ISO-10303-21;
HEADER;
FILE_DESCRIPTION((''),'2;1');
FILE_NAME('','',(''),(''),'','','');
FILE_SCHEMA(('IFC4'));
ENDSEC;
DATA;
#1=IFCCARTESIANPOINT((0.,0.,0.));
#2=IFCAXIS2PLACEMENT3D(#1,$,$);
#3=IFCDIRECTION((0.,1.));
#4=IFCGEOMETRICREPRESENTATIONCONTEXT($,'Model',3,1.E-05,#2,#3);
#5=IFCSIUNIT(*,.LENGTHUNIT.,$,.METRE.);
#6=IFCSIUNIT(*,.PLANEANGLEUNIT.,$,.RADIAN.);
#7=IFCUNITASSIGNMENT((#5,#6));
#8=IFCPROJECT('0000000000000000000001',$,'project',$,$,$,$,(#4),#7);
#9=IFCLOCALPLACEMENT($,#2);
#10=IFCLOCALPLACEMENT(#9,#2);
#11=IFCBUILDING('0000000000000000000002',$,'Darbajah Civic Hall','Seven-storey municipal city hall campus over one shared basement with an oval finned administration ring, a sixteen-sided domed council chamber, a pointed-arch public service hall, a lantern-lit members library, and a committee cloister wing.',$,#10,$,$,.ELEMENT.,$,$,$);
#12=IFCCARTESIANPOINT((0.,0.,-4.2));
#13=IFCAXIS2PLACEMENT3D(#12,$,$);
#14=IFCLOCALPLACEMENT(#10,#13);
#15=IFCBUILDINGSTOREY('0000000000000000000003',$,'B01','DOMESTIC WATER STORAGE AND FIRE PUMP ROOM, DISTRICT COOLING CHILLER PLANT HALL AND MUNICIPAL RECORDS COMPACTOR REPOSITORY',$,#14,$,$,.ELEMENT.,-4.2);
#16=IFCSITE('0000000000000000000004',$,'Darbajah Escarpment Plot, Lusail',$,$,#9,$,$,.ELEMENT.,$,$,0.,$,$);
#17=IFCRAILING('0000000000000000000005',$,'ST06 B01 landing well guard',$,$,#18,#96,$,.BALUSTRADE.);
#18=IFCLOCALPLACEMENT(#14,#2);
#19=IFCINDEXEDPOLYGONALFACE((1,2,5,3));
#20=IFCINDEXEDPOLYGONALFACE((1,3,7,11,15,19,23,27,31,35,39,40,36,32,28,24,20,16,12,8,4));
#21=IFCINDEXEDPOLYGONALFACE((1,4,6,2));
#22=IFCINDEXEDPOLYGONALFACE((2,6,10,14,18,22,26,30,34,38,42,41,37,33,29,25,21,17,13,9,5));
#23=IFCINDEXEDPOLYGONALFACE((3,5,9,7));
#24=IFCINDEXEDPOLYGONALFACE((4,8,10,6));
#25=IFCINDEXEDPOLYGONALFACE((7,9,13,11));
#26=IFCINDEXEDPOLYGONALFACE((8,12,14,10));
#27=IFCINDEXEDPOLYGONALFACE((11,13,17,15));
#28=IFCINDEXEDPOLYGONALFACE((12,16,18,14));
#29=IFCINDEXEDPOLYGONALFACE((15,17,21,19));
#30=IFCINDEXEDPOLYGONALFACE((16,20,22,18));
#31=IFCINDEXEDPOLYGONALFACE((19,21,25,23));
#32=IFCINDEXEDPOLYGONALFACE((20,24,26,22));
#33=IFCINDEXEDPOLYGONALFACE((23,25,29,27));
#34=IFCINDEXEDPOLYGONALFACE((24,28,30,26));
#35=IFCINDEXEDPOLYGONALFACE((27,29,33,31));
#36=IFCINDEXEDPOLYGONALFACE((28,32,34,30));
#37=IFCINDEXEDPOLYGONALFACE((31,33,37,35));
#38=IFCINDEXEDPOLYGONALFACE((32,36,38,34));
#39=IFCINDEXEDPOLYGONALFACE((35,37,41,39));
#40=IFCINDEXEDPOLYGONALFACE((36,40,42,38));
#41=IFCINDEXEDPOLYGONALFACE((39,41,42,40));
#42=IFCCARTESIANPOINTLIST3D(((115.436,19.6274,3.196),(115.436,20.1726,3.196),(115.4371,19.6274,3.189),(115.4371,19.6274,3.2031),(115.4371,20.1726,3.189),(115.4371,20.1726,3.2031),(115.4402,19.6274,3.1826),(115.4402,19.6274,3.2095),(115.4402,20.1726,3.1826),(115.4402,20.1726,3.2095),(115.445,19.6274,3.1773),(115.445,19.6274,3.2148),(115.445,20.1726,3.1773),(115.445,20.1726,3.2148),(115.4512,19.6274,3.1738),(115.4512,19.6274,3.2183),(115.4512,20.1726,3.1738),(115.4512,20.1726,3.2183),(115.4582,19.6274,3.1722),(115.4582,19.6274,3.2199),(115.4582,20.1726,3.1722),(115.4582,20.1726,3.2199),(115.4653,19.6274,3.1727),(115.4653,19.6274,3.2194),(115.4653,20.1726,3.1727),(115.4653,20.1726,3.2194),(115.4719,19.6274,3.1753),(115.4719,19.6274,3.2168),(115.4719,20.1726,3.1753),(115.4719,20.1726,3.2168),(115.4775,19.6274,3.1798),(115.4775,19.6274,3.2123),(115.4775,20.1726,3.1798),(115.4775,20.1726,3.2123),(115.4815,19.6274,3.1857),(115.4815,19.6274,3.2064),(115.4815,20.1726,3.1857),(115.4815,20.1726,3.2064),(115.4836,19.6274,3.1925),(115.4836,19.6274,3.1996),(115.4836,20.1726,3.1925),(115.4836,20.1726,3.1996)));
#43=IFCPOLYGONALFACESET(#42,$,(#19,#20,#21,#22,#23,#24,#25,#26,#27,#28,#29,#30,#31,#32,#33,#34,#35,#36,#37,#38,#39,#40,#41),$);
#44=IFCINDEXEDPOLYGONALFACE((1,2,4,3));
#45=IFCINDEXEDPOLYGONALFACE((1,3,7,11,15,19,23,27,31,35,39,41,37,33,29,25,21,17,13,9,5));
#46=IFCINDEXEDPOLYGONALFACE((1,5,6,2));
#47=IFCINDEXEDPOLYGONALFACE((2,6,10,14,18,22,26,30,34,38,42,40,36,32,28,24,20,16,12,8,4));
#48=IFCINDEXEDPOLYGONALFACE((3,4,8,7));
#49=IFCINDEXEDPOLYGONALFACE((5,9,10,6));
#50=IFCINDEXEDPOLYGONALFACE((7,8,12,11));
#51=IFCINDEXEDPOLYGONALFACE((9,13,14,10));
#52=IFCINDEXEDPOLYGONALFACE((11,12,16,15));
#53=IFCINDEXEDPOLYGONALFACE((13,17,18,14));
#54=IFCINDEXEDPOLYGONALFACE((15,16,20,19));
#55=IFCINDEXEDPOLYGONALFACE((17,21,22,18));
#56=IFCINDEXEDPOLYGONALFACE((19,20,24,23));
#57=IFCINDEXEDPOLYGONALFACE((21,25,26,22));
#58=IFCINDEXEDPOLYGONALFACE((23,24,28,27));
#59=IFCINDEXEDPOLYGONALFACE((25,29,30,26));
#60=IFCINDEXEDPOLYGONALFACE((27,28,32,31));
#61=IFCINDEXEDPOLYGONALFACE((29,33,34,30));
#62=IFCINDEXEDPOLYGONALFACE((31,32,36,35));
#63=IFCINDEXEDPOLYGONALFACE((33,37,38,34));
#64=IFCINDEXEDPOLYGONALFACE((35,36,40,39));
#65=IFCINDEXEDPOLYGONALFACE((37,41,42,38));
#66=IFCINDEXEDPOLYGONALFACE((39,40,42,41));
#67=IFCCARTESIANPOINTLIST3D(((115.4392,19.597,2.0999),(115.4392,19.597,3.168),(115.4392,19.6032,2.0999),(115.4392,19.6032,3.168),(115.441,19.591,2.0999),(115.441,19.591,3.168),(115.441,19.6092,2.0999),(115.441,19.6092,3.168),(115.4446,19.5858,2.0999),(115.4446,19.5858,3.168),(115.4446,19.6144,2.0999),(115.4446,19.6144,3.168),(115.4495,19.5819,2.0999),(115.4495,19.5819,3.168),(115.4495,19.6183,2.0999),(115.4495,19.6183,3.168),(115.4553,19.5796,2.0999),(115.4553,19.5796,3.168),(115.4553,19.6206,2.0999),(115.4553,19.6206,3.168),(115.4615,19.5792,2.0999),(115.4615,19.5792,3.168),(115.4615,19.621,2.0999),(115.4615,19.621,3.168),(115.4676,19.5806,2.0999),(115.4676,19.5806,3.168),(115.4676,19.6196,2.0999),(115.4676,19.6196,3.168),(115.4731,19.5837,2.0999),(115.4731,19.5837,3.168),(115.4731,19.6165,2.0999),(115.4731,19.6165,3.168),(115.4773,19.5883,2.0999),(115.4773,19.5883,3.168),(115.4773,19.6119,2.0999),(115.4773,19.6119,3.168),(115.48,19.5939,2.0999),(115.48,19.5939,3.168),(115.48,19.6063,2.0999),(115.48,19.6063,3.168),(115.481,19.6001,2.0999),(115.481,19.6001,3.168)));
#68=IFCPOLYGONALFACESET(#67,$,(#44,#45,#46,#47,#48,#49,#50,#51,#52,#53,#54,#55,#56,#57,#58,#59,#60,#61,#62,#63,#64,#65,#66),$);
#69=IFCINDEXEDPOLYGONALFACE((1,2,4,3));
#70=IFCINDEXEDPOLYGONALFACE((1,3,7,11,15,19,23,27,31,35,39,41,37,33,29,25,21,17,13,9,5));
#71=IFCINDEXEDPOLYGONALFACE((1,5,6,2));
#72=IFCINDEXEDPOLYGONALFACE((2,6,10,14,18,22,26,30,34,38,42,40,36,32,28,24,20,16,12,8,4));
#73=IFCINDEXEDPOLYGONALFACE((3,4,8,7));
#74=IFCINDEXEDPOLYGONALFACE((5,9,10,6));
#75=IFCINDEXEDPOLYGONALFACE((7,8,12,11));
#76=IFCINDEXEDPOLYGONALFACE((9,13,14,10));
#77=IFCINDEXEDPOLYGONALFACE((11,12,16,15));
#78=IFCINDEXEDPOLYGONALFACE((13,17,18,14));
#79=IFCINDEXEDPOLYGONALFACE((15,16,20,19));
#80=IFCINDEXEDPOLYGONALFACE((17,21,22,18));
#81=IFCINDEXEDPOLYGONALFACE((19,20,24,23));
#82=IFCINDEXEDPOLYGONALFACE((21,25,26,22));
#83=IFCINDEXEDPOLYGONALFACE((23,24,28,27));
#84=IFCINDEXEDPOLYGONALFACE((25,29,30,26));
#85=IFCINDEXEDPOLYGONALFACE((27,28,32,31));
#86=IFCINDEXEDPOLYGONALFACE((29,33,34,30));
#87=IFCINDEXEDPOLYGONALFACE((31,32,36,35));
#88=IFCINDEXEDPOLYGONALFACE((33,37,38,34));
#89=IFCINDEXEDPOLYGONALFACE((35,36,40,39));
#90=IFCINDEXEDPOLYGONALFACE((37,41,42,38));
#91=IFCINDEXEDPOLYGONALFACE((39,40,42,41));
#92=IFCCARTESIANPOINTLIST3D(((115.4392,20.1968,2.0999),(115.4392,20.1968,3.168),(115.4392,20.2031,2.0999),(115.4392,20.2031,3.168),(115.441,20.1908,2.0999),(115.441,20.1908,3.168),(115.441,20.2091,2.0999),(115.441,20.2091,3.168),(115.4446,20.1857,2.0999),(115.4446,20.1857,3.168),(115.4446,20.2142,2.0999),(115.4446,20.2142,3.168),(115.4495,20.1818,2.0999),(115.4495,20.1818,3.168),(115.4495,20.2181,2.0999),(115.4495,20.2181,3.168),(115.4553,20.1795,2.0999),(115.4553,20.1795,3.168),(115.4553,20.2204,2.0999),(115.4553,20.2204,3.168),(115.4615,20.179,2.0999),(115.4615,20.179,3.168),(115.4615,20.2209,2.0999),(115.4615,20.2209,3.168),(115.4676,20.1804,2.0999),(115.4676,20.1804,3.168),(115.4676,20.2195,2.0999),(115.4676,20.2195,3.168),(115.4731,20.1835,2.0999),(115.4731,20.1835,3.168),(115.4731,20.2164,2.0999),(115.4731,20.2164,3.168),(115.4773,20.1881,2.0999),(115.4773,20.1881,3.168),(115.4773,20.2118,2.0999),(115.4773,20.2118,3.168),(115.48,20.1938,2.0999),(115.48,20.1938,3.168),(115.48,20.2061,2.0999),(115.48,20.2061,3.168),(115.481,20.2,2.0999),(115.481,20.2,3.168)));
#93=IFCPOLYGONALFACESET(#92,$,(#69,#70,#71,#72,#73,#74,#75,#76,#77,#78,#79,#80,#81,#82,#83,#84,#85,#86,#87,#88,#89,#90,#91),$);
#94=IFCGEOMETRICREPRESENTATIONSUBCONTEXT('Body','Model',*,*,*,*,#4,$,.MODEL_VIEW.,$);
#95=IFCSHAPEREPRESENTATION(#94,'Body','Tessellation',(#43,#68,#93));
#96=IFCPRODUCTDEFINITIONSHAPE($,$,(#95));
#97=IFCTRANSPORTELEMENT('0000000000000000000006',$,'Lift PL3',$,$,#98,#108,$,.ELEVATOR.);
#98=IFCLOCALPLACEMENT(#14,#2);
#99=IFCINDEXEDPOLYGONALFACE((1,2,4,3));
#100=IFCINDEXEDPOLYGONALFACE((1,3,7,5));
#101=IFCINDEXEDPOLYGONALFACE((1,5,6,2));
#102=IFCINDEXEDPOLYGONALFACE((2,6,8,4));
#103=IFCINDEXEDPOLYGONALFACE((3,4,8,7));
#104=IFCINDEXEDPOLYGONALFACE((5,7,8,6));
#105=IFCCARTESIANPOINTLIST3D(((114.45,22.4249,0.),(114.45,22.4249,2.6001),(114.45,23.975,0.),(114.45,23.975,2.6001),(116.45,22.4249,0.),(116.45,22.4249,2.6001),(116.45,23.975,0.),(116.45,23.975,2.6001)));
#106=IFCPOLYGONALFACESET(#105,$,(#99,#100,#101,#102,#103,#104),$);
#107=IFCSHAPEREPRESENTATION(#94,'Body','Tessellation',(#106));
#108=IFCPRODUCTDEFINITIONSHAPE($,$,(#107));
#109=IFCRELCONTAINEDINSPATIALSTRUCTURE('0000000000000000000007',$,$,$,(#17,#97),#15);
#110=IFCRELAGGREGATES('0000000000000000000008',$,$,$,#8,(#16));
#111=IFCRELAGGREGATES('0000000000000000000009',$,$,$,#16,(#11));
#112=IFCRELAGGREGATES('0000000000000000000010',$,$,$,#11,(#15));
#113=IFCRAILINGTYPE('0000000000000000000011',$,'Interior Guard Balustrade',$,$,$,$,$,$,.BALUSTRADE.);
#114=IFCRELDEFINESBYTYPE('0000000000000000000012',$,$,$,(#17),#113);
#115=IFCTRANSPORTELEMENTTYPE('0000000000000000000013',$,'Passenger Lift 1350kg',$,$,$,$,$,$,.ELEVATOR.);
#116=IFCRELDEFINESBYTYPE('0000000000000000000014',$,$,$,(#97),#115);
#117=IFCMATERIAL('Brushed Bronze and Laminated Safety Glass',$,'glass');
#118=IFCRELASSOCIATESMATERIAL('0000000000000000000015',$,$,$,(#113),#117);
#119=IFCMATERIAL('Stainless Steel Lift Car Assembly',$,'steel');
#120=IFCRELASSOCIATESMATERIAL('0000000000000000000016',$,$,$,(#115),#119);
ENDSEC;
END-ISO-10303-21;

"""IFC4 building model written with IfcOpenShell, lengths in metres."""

from ifc_helpers import new_model, si_unit, direction, frame, origin, origin_2d, place, context, subcontext, project, spatial, rectangle, circle, extrude, material, type_object, element, save


model = new_model("IFC4")

# Units and contexts
model_context = context("Model", 3, precision=1e-05, world=origin(), true_north=direction((0.0, 1.0)))
body_context = subcontext(model_context, "Body", "Model", "MODEL_VIEW")
ifc_project = project(units=[si_unit("LENGTHUNIT", "METRE"), si_unit("PLANEANGLEUNIT", "RADIAN")], contexts=[model_context])

# Site, building, storey
site_placement = place(None, origin())
site = spatial("IfcSite", under=ifc_project, at=site_placement, Name="Darbajah Escarpment Plot, Lusail", CompositionType="ELEMENT", RefElevation=0.0)
building_placement = place(site_placement, origin())
building = spatial("IfcBuilding", under=site, at=building_placement, Name="Darbajah Civic Hall", Description="Seven-storey municipal city hall campus over one shared basement with an oval finned administration ring, a sixteen-sided domed council chamber, a pointed-arch public service hall, a lantern-lit members library, and a committee cloister wing.", CompositionType="ELEMENT")
storey_placement = place(building_placement, frame((0.0, 0.0, -4.2)))
storey = spatial("IfcBuildingStorey", under=building, at=storey_placement, Name="B01", Description="DOMESTIC WATER STORAGE AND FIRE PUMP ROOM, DISTRICT COOLING CHILLER PLANT HALL AND MUNICIPAL RECORDS COMPACTOR REPOSITORY", CompositionType="ELEMENT", Elevation=-4.2)

# Railing
ifc_material_1 = material(Name="Brushed Bronze and Laminated Safety Glass", Category="glass")
railing_type_1 = type_object("IfcRailingType", Name="Interior Guard Balustrade", PredefinedType="BALUSTRADE", material=ifc_material_1)
railing_1_placement = place(storey_placement, frame((115.46, 19.6001, 2.0999)))
element("IfcRailing", 1, at=railing_1_placement, inside=storey, type_object=railing_type_1, Name="ST06 B01 landing well guard", PredefinedType="BALUSTRADE", context=body_context, shape_type="SweptSolid", body=[
    extrude(circle(Radius=0.0239, at=origin_2d()), frame((0.0, 0.0273, 1.0962), z_axis=(0.0, 1.0, 0.0), x_axis=(-1.0, 0.0, 0.0)), (0.0, 0.0, 1.0), 0.5452),
    extrude(circle(Radius=0.021, at=origin_2d()), origin(), (0.0, 0.0, 1.0), 1.0681),
    extrude(circle(Radius=0.021, at=origin_2d()), frame((0.0, 0.5999, 0.0)), (0.0, 0.0, 1.0), 1.0681),
])

# Transport element
ifc_material_2 = material(Name="Stainless Steel Lift Car Assembly", Category="steel")
transport_element_type = type_object("IfcTransportElementType", Name="Passenger Lift 1350kg", PredefinedType="ELEVATOR", material=ifc_material_2)
transport_element_placement = place(storey_placement, frame((115.45, 23.2, 0.0), z_axis=(0.0, 0.0, 1.0), x_axis=(1.0, 0.0, 0.0)))
element("IfcTransportElement", 2, at=transport_element_placement, inside=storey, type_object=transport_element_type, Name="Lift PL3", PredefinedType="ELEVATOR", context=body_context, shape_type="SweptSolid", body=[
    extrude(rectangle(XDim=2.0, YDim=1.55, at=origin_2d()), origin(), (0.0, 0.0, 1.0), 2.6001),
])

save(model, "model.ifc")
